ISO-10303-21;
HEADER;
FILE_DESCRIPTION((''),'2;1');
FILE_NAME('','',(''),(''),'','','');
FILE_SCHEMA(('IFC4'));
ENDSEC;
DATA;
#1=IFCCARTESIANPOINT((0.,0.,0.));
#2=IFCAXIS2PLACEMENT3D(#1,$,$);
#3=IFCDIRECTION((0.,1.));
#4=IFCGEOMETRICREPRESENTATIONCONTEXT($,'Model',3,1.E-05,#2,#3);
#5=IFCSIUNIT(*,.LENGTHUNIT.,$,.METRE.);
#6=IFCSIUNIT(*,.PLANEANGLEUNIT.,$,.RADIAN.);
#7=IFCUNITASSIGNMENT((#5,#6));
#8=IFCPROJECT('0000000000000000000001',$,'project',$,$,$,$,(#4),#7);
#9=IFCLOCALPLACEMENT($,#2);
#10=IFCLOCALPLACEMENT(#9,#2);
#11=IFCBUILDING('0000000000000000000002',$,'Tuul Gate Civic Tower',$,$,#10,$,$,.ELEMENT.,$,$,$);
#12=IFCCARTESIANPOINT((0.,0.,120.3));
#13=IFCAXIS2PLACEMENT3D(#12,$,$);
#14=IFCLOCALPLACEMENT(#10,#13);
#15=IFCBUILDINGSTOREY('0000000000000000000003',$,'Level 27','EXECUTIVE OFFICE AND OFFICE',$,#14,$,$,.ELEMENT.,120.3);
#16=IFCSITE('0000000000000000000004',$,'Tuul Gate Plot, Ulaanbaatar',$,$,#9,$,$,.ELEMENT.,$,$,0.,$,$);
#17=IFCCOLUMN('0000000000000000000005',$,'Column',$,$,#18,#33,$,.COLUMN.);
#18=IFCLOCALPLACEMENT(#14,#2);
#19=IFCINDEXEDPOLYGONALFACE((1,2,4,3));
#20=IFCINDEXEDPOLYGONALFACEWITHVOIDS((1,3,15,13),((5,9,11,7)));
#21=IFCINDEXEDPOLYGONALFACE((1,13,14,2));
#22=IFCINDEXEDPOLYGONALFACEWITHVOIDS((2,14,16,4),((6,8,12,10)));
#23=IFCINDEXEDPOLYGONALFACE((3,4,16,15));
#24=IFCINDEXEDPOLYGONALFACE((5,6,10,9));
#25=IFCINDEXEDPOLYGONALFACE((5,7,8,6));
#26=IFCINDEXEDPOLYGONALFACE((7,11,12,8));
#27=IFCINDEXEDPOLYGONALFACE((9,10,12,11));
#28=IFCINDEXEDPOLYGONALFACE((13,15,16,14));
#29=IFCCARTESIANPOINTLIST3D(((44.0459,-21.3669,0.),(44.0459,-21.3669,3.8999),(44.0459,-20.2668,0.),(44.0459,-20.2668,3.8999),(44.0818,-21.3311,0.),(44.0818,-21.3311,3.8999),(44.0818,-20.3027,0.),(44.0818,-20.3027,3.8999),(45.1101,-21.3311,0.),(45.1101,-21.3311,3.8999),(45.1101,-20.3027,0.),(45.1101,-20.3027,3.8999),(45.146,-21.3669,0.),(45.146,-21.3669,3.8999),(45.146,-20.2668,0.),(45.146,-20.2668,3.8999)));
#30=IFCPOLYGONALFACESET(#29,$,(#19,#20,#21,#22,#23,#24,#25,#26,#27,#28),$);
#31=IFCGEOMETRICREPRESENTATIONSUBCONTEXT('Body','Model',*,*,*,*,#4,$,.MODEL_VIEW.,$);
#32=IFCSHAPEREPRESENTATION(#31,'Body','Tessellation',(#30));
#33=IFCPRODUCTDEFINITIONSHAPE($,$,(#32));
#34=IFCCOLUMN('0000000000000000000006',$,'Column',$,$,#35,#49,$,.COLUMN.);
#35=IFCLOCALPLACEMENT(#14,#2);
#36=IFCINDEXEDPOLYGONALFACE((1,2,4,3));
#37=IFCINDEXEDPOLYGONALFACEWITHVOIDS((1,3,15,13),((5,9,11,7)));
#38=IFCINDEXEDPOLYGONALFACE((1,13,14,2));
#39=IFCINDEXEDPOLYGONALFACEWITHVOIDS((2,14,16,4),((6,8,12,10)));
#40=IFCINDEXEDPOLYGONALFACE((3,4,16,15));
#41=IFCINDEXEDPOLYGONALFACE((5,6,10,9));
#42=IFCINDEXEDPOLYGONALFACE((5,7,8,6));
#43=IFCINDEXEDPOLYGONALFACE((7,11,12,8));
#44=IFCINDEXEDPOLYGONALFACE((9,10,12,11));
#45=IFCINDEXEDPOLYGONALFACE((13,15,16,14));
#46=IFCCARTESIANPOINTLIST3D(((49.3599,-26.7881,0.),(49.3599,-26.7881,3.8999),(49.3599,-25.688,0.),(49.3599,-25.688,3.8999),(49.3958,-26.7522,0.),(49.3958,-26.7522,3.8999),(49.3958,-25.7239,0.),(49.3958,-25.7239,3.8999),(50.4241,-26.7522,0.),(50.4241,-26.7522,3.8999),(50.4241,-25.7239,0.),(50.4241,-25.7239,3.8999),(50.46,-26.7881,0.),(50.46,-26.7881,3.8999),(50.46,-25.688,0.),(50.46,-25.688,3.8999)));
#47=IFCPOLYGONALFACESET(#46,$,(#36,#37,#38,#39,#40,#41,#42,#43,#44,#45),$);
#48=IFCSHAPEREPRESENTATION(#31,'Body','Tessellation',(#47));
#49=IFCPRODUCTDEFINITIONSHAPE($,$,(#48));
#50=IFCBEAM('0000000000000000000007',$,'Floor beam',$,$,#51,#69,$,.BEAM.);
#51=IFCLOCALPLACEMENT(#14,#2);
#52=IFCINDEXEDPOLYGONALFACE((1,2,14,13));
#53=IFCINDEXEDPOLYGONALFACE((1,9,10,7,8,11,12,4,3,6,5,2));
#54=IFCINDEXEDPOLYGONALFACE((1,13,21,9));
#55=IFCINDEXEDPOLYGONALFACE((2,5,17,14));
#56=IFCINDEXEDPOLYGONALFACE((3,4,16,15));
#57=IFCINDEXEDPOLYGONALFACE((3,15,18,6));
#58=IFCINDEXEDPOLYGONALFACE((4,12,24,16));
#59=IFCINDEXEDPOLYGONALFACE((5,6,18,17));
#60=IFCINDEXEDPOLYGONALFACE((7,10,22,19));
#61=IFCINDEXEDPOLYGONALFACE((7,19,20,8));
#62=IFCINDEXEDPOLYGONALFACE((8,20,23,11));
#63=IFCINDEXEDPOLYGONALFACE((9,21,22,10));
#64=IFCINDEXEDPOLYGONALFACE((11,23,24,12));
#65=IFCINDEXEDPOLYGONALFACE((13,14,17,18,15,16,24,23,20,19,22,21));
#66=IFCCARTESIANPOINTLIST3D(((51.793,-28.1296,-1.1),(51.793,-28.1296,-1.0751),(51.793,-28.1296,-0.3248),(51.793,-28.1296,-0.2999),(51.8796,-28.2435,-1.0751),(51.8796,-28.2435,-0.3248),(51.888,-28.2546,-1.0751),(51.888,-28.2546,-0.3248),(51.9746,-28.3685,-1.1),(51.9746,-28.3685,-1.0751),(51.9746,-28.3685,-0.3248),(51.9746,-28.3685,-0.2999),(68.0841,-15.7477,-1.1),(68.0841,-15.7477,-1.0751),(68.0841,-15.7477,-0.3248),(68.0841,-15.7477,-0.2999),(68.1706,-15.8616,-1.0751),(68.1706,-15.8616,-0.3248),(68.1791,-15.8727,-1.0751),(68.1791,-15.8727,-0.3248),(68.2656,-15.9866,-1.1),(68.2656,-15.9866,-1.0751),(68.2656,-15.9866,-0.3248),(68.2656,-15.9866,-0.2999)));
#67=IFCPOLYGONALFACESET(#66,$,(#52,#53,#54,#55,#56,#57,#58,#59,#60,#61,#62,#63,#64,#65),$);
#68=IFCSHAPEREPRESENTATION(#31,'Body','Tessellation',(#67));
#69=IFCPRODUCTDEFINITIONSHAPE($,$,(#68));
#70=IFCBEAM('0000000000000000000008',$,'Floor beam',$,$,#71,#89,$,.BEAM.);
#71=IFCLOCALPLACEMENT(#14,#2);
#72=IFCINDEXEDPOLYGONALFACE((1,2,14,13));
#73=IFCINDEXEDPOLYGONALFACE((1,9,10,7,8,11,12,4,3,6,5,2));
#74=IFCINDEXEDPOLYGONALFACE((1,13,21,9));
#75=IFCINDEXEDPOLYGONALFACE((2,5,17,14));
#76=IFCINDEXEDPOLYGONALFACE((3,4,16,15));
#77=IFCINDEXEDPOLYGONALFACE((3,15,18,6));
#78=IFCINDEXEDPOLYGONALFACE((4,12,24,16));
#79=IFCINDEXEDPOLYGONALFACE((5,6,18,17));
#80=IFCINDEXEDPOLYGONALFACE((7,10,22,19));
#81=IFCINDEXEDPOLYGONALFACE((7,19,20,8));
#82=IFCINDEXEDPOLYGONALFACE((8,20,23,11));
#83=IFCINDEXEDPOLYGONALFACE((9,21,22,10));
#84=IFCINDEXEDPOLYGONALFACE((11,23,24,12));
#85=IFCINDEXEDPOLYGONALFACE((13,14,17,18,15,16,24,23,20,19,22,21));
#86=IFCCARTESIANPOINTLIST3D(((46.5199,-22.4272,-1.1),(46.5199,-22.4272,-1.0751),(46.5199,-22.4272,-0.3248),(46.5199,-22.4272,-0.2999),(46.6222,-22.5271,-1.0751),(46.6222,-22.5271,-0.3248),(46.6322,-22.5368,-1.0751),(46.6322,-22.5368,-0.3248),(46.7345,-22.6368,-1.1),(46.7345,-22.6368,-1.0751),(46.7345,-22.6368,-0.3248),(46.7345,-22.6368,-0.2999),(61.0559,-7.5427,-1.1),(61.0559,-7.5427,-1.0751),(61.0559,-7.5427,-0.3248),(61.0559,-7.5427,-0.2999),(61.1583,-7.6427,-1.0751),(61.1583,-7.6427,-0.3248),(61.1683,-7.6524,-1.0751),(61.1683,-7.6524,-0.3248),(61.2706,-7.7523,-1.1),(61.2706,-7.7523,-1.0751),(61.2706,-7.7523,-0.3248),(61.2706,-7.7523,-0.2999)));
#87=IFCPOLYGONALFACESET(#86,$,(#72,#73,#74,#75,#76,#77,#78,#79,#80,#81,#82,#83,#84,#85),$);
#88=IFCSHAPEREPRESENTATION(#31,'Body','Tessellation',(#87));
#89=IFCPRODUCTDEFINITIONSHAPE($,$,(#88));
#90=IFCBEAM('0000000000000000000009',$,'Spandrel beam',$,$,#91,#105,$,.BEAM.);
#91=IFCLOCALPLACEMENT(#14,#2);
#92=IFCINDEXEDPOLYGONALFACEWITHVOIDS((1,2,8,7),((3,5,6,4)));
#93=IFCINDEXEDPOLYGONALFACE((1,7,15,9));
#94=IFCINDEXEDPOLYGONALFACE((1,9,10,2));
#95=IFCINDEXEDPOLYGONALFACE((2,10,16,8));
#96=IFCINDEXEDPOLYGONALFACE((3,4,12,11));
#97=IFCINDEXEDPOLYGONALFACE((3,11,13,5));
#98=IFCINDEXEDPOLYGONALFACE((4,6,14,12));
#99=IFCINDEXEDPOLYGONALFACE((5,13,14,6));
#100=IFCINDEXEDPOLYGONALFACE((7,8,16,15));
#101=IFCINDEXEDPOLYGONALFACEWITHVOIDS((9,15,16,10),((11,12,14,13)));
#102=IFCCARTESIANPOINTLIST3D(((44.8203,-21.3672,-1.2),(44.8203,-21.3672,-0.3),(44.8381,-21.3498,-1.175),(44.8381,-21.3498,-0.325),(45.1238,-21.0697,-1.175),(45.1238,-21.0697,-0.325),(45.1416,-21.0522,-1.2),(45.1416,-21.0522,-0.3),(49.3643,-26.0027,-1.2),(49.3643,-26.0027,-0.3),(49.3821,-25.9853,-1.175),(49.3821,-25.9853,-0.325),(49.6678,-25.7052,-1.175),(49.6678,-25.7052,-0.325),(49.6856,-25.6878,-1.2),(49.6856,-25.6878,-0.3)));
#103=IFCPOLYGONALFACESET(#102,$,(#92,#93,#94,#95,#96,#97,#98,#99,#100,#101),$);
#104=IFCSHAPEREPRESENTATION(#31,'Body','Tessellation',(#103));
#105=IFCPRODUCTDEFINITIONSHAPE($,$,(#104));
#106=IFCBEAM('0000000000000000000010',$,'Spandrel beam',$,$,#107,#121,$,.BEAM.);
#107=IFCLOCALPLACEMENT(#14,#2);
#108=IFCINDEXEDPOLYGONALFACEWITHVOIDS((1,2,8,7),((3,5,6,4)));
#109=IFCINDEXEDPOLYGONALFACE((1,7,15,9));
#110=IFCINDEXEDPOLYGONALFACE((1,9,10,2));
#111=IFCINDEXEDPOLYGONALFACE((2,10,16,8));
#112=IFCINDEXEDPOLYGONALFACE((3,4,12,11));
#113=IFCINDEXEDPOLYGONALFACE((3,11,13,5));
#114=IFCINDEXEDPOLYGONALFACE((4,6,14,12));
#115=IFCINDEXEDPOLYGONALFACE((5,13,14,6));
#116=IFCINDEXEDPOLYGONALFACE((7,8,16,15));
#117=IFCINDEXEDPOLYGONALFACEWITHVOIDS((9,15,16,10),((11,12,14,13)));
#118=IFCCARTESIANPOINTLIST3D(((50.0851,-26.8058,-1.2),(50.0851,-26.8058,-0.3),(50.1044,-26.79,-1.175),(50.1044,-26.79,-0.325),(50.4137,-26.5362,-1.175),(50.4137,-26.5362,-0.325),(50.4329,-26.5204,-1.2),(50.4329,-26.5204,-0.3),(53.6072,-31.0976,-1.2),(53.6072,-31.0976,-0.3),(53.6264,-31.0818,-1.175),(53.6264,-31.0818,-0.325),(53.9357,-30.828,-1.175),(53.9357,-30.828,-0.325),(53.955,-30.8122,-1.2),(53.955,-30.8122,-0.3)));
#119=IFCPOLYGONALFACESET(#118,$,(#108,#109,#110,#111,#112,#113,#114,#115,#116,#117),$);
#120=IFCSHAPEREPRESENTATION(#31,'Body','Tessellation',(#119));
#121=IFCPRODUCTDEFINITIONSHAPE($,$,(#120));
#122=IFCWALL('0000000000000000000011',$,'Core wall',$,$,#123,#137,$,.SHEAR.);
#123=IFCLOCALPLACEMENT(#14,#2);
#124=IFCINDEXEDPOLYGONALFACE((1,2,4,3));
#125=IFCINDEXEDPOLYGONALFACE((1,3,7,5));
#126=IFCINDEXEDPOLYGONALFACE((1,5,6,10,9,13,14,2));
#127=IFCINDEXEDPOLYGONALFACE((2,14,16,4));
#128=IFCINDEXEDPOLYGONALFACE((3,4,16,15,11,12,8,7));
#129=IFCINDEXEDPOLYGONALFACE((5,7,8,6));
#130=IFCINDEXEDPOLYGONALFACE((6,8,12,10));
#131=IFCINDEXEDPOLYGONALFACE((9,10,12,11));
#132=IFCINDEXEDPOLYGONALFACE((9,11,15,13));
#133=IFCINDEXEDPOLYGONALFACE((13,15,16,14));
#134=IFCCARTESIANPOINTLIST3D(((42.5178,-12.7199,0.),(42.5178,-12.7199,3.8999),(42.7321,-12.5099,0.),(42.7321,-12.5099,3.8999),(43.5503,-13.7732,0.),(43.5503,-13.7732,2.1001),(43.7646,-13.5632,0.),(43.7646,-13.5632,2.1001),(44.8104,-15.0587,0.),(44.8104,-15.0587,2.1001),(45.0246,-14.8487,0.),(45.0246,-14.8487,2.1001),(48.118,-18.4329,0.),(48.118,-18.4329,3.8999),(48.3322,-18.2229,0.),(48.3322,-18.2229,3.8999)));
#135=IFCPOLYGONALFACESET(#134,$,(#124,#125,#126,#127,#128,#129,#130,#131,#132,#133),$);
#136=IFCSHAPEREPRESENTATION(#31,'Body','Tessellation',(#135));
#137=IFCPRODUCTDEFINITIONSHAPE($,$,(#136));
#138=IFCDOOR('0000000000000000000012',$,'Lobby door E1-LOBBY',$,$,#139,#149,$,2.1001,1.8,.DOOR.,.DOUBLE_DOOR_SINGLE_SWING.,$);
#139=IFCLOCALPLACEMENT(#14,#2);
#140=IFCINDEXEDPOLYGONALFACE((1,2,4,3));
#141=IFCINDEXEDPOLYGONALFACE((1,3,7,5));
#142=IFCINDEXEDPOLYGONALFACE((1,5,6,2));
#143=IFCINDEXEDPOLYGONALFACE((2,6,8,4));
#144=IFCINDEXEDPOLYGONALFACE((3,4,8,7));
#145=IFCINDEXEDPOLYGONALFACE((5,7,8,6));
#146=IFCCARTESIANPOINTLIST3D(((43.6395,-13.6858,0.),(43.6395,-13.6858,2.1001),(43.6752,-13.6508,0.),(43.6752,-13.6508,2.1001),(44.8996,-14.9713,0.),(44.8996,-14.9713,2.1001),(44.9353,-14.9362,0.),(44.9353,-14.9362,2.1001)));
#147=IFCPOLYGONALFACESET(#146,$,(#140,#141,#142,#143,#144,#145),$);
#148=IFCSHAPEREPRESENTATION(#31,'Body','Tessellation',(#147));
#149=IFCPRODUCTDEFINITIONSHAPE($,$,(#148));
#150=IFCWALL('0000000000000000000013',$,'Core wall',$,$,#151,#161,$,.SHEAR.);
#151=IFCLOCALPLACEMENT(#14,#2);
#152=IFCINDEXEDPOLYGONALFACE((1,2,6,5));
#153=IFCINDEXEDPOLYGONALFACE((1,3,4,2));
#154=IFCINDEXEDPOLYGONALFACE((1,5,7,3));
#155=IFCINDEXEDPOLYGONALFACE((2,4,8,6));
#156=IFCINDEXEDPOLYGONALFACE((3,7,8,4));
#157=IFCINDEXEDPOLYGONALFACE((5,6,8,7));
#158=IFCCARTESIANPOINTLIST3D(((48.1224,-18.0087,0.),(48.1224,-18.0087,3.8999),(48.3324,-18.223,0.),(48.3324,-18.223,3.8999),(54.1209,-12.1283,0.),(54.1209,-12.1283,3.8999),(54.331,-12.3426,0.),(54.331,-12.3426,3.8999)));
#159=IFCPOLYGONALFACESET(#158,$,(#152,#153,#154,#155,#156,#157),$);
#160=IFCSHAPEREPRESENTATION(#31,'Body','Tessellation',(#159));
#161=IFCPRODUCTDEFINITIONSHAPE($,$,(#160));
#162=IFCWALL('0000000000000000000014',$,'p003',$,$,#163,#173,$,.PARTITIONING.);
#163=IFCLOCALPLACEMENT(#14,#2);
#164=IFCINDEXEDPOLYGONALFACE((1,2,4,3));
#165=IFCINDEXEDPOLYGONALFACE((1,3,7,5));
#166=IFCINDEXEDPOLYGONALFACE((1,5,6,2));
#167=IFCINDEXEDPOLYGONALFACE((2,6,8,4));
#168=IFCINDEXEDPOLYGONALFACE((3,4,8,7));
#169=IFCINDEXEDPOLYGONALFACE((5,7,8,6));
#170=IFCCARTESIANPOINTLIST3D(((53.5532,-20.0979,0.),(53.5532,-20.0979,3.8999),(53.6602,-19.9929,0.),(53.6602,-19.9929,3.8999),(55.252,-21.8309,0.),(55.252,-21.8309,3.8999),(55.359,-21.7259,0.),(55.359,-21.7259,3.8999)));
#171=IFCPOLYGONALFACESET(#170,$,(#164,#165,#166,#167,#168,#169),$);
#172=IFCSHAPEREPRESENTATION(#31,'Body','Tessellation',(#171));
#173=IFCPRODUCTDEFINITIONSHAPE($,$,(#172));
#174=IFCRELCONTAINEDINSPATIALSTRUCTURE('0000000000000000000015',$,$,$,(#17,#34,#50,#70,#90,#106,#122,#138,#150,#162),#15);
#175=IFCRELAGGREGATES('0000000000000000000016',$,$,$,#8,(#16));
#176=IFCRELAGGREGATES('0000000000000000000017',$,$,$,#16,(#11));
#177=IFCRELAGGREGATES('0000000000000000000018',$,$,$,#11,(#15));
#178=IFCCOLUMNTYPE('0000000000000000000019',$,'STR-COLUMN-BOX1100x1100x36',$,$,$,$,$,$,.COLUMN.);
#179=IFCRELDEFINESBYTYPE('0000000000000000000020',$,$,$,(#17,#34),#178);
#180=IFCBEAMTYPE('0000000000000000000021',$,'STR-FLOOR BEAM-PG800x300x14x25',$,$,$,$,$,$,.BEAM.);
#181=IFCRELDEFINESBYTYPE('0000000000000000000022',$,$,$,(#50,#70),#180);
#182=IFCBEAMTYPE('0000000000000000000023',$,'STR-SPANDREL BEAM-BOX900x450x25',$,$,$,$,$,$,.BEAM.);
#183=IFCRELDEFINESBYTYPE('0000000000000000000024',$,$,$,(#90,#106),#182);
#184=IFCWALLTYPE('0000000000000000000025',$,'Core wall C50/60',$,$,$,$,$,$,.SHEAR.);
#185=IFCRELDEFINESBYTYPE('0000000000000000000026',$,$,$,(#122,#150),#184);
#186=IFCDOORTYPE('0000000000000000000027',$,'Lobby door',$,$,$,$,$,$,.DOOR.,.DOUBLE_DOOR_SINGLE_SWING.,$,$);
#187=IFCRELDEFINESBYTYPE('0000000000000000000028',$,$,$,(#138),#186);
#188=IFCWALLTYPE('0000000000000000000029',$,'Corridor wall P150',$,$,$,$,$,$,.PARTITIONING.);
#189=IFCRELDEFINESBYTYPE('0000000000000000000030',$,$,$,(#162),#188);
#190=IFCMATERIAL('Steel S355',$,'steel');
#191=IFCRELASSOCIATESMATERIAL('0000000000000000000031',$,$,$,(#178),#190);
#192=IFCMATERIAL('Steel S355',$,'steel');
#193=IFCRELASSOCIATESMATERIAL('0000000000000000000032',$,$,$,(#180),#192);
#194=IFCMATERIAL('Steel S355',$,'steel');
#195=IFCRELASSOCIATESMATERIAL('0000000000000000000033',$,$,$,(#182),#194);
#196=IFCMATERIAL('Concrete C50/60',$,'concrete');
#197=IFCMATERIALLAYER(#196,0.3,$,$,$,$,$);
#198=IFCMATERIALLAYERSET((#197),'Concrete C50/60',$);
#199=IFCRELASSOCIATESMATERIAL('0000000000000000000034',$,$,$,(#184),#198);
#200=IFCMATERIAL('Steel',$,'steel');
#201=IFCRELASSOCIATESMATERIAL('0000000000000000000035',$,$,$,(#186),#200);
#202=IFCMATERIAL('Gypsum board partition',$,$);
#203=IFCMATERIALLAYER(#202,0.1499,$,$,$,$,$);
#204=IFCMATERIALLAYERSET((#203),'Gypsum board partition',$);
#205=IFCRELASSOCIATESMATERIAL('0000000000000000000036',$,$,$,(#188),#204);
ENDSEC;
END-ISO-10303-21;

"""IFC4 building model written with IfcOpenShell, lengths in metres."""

from ifc_helpers import new_model, si_unit, direction, frame, frame_2d, origin, origin_2d, place, context, subcontext, project, spatial, rectangle, hollow_rectangle, i_section, extrude, material, layer, layer_set, material_profile, profile_set, type_object, element, fill, save


model = new_model("IFC4")

# Units and contexts
model_context = context("Model", 3, precision=1e-05, world=origin(), true_north=direction((0.0, 1.0)))
body_context = subcontext(model_context, "Body", "Model", "MODEL_VIEW")
ifc_project = project(units=[si_unit("LENGTHUNIT", "METRE"), si_unit("PLANEANGLEUNIT", "RADIAN")], contexts=[model_context])

# Site, building, storey
site_placement = place(None, origin())
site = spatial("IfcSite", under=ifc_project, at=site_placement, Name="Tuul Gate Plot, Ulaanbaatar", CompositionType="ELEMENT", RefElevation=0.0)
building_placement = place(site_placement, origin())
building = spatial("IfcBuilding", under=site, at=building_placement, Name="Tuul Gate Civic Tower", CompositionType="ELEMENT")
storey_placement = place(building_placement, frame((0.0, 0.0, 120.3)))
storey = spatial("IfcBuildingStorey", under=building, at=storey_placement, Name="Level 27", Description="EXECUTIVE OFFICE AND OFFICE", CompositionType="ELEMENT", Elevation=120.3)

# Columns
ifc_material_1 = material(Name="Steel S355", Category="steel")
ifc_material_profile_1 = material_profile(ifc_material_1, hollow_rectangle(XDim=1.1001, YDim=1.1001, WallThickness=0.0359, at=origin_2d()), Name="BOX1100x1100x36")
ifc_profile_set_1 = profile_set([ifc_material_profile_1], Name="Steel S355")
column_type = type_object("IfcColumnType", Name="STR-COLUMN-BOX1100x1100x36", PredefinedType="COLUMN", material=ifc_profile_set_1)
for number, where, z_axis, x_axis, name in (
    (1, (44.5959, -20.8169, 0.0), (0.0, 0.0, 1.0), (1.0, 0.0, 0.0), "Column"),
    (2, (49.9099, -26.238, 0.0), (0.0, 0.0, 1.0), (1.0, 0.0, 0.0), "Column"),
):
    element("IfcColumn", number, at=place(storey_placement, frame(where, z_axis=z_axis, x_axis=x_axis)), inside=storey, type_object=column_type, Name=name, PredefinedType="COLUMN", context=body_context, shape_type="SweptSolid", body=[
        extrude(hollow_rectangle(XDim=1.1001, YDim=1.1001, WallThickness=0.0359, at=origin_2d()), origin(), (0.0, 0.0, 1.0), 3.8999),
    ])

# Beams
ifc_material_2 = material(Name="Steel S355", Category="steel")
ifc_material_profile_2 = material_profile(ifc_material_2, i_section(OverallWidth=0.3, OverallDepth=0.8, WebThickness=0.0139, FlangeThickness=0.0249, at=origin_2d()), Name="PG800x300x14x25")
ifc_profile_set_2 = profile_set([ifc_material_profile_2], Name="Steel S355")
beam_type_1 = type_object("IfcBeamType", Name="STR-FLOOR BEAM-PG800x300x14x25", PredefinedType="BEAM", material=ifc_profile_set_2)
beam_1_placement = place(storey_placement, frame((51.8838, -28.249, -0.7), z_axis=(0.796147, 0.605104, 0.0), x_axis=(-0.605104, 0.796147, 0.0)))
element("IfcBeam", 3, at=beam_1_placement, inside=storey, type_object=beam_type_1, Name="Floor beam", PredefinedType="BEAM", context=body_context, shape_type="SweptSolid", body=[
    extrude(i_section(OverallWidth=0.3, OverallDepth=0.8, WebThickness=0.0139, FlangeThickness=0.0249, at=origin_2d()), origin(), (0.0, 0.0, 1.0), 20.4624),
])
beam_2_placement = place(storey_placement, frame((46.6272, -22.532, -0.7), z_axis=(0.698684, 0.71543, 0.0), x_axis=(-0.71543, 0.698684, 0.0)))
element("IfcBeam", 4, at=beam_2_placement, inside=storey, type_object=beam_type_1, Name="Floor beam", PredefinedType="BEAM", context=body_context, shape_type="SweptSolid", body=[
    extrude(i_section(OverallWidth=0.3, OverallDepth=0.8, WebThickness=0.0139, FlangeThickness=0.0249, at=origin_2d()), origin(), (0.0, 0.0, 1.0), 20.8049),
])
ifc_material_3 = material(Name="Steel S355", Category="steel")
ifc_material_profile_3 = material_profile(ifc_material_3, hollow_rectangle(XDim=0.45, YDim=0.8999, WallThickness=0.0249, at=origin_2d()), Name="BOX900x450x25")
ifc_profile_set_3 = profile_set([ifc_material_profile_3], Name="Steel S355")
beam_type_2 = type_object("IfcBeamType", Name="STR-SPANDREL BEAM-BOX900x450x25", PredefinedType="BEAM", material=ifc_profile_set_3)
beam_3_placement = place(storey_placement, frame((44.981, -21.2097, -0.75), z_axis=(0.70002, -0.714124, 0.0), x_axis=(0.714124, 0.70002, 0.0)))
element("IfcBeam", 5, at=beam_3_placement, inside=storey, type_object=beam_type_2, Name="Spandrel beam", PredefinedType="BEAM", context=body_context, shape_type="SweptSolid", body=[
    extrude(hollow_rectangle(XDim=0.45, YDim=0.8999, WallThickness=0.0249, at=origin_2d()), origin(), (0.0, 0.0, 1.0), 6.4912),
])
beam_4_placement = place(storey_placement, frame((50.259, -26.6631, -0.75), z_axis=(0.634375, -0.773026, 0.0), x_axis=(0.773026, 0.634375, 0.0)))
element("IfcBeam", 6, at=beam_4_placement, inside=storey, type_object=beam_type_2, Name="Spandrel beam", PredefinedType="BEAM", context=body_context, shape_type="SweptSolid", body=[
    extrude(hollow_rectangle(XDim=0.45, YDim=0.8999, WallThickness=0.0249, at=origin_2d()), origin(), (0.0, 0.0, 1.0), 5.552),
])

# Wall, opening, door
ifc_material_4 = material(Name="Concrete C50/60", Category="concrete")
ifc_layer_1 = layer(ifc_material_4, 0.3)
ifc_layer_set_1 = layer_set([ifc_layer_1], Name="Concrete C50/60")
wall_type_1 = type_object("IfcWallType", Name="Core wall C50/60", PredefinedType="SHEAR", material=ifc_layer_set_1)
wall_1_placement = place(storey_placement, frame((48.2251, -18.3279, 0.0), z_axis=(0.0, 0.0, 1.0), x_axis=(-0.700022, 0.714121, 0.0)))
wall_1 = element("IfcWall", 7, at=wall_1_placement, inside=storey, type_object=wall_type_1, Name="Core wall", PredefinedType="SHEAR", context=body_context, shape_type="SweptSolid", body=[
    extrude(rectangle(XDim=8.0, YDim=0.3, at=frame_2d((4.0, 0.0))), origin(), (0.0, 0.0, 1.0), 3.8999),
])
opening_1_placement = place(wall_1_placement, frame((4.7251, 0.0, 0.0)))
opening_1 = element("IfcOpeningElement", 8, at=opening_1_placement, cuts=wall_1, PredefinedType="OPENING", context=body_context, shape_type="SweptSolid", body=[
    extrude(rectangle(XDim=1.8, YDim=2.1001, at=frame_2d((0.8999, 1.05))), frame((0.0, 0.1602, 0.0), z_axis=(0.0, -1.0, 0.0), x_axis=(1.0, 0.0, 0.0)), (0.0, 0.0, 1.0), 0.3201),
])
ifc_material_5 = material(Name="Steel", Category="steel")
door_type = type_object("IfcDoorType", Name="Lobby door", OperationType="DOUBLE_DOOR_SINGLE_SWING", PredefinedType="DOOR", material=ifc_material_5)
door_placement = place(opening_1_placement, frame((1.8, 0.0, 0.0), z_axis=(0.0, 0.0, 1.0), x_axis=(-1.0, 0.0, 0.0)))
door = element("IfcDoor", 9, at=door_placement, inside=storey, type_object=door_type, Name="Lobby door E1-LOBBY", OperationType="DOUBLE_DOOR_SINGLE_SWING", OverallHeight=2.1001, OverallWidth=1.8, PredefinedType="DOOR", context=body_context, shape_type="SweptSolid", body=[
    extrude(rectangle(XDim=1.8, YDim=2.1001, at=frame_2d((0.9001, 1.05))), frame((0.0, 0.0249, 0.0), z_axis=(0.0, -1.0, 0.0), x_axis=(1.0, 0.0, 0.0)), (0.0, 0.0, 1.0), 0.05),
])
fill(opening_1, door)

# Walls
wall_2_placement = place(storey_placement, frame((48.2273, -18.116, 0.0), z_axis=(0.0, 0.0, 1.0), x_axis=(0.714105, 0.700038, 0.0)))
element("IfcWall", 10, at=wall_2_placement, inside=storey, type_object=wall_type_1, Name="Core wall", PredefinedType="SHEAR", context=body_context, shape_type="SweptSolid", body=[
    extrude(rectangle(XDim=8.4001, YDim=0.3, at=frame_2d((4.2002, 0.0))), origin(), (0.0, 0.0, 1.0), 3.8999),
])
ifc_material_6 = material(Name="Gypsum board partition")
ifc_layer_2 = layer(ifc_material_6, 0.1499)
ifc_layer_set_2 = layer_set([ifc_layer_2], Name="Gypsum board partition")
wall_type_2 = type_object("IfcWallType", Name="Corridor wall P150", PredefinedType="PARTITIONING", material=ifc_layer_set_2)
wall_3_placement = place(storey_placement, frame((53.6067, -20.0454, 0.0), z_axis=(0.0, 0.0, 1.0), x_axis=(0.700029, -0.714114, 0.0)))
element("IfcWall", 11, at=wall_3_placement, inside=storey, type_object=wall_type_2, Name="p003", PredefinedType="PARTITIONING", context=body_context, shape_type="SweptSolid", body=[
    extrude(rectangle(XDim=2.4268, YDim=0.1499, at=frame_2d((1.2134, 0.0))), origin(), (0.0, 0.0, 1.0), 3.8999),
])

save(model, "model.ifc")
